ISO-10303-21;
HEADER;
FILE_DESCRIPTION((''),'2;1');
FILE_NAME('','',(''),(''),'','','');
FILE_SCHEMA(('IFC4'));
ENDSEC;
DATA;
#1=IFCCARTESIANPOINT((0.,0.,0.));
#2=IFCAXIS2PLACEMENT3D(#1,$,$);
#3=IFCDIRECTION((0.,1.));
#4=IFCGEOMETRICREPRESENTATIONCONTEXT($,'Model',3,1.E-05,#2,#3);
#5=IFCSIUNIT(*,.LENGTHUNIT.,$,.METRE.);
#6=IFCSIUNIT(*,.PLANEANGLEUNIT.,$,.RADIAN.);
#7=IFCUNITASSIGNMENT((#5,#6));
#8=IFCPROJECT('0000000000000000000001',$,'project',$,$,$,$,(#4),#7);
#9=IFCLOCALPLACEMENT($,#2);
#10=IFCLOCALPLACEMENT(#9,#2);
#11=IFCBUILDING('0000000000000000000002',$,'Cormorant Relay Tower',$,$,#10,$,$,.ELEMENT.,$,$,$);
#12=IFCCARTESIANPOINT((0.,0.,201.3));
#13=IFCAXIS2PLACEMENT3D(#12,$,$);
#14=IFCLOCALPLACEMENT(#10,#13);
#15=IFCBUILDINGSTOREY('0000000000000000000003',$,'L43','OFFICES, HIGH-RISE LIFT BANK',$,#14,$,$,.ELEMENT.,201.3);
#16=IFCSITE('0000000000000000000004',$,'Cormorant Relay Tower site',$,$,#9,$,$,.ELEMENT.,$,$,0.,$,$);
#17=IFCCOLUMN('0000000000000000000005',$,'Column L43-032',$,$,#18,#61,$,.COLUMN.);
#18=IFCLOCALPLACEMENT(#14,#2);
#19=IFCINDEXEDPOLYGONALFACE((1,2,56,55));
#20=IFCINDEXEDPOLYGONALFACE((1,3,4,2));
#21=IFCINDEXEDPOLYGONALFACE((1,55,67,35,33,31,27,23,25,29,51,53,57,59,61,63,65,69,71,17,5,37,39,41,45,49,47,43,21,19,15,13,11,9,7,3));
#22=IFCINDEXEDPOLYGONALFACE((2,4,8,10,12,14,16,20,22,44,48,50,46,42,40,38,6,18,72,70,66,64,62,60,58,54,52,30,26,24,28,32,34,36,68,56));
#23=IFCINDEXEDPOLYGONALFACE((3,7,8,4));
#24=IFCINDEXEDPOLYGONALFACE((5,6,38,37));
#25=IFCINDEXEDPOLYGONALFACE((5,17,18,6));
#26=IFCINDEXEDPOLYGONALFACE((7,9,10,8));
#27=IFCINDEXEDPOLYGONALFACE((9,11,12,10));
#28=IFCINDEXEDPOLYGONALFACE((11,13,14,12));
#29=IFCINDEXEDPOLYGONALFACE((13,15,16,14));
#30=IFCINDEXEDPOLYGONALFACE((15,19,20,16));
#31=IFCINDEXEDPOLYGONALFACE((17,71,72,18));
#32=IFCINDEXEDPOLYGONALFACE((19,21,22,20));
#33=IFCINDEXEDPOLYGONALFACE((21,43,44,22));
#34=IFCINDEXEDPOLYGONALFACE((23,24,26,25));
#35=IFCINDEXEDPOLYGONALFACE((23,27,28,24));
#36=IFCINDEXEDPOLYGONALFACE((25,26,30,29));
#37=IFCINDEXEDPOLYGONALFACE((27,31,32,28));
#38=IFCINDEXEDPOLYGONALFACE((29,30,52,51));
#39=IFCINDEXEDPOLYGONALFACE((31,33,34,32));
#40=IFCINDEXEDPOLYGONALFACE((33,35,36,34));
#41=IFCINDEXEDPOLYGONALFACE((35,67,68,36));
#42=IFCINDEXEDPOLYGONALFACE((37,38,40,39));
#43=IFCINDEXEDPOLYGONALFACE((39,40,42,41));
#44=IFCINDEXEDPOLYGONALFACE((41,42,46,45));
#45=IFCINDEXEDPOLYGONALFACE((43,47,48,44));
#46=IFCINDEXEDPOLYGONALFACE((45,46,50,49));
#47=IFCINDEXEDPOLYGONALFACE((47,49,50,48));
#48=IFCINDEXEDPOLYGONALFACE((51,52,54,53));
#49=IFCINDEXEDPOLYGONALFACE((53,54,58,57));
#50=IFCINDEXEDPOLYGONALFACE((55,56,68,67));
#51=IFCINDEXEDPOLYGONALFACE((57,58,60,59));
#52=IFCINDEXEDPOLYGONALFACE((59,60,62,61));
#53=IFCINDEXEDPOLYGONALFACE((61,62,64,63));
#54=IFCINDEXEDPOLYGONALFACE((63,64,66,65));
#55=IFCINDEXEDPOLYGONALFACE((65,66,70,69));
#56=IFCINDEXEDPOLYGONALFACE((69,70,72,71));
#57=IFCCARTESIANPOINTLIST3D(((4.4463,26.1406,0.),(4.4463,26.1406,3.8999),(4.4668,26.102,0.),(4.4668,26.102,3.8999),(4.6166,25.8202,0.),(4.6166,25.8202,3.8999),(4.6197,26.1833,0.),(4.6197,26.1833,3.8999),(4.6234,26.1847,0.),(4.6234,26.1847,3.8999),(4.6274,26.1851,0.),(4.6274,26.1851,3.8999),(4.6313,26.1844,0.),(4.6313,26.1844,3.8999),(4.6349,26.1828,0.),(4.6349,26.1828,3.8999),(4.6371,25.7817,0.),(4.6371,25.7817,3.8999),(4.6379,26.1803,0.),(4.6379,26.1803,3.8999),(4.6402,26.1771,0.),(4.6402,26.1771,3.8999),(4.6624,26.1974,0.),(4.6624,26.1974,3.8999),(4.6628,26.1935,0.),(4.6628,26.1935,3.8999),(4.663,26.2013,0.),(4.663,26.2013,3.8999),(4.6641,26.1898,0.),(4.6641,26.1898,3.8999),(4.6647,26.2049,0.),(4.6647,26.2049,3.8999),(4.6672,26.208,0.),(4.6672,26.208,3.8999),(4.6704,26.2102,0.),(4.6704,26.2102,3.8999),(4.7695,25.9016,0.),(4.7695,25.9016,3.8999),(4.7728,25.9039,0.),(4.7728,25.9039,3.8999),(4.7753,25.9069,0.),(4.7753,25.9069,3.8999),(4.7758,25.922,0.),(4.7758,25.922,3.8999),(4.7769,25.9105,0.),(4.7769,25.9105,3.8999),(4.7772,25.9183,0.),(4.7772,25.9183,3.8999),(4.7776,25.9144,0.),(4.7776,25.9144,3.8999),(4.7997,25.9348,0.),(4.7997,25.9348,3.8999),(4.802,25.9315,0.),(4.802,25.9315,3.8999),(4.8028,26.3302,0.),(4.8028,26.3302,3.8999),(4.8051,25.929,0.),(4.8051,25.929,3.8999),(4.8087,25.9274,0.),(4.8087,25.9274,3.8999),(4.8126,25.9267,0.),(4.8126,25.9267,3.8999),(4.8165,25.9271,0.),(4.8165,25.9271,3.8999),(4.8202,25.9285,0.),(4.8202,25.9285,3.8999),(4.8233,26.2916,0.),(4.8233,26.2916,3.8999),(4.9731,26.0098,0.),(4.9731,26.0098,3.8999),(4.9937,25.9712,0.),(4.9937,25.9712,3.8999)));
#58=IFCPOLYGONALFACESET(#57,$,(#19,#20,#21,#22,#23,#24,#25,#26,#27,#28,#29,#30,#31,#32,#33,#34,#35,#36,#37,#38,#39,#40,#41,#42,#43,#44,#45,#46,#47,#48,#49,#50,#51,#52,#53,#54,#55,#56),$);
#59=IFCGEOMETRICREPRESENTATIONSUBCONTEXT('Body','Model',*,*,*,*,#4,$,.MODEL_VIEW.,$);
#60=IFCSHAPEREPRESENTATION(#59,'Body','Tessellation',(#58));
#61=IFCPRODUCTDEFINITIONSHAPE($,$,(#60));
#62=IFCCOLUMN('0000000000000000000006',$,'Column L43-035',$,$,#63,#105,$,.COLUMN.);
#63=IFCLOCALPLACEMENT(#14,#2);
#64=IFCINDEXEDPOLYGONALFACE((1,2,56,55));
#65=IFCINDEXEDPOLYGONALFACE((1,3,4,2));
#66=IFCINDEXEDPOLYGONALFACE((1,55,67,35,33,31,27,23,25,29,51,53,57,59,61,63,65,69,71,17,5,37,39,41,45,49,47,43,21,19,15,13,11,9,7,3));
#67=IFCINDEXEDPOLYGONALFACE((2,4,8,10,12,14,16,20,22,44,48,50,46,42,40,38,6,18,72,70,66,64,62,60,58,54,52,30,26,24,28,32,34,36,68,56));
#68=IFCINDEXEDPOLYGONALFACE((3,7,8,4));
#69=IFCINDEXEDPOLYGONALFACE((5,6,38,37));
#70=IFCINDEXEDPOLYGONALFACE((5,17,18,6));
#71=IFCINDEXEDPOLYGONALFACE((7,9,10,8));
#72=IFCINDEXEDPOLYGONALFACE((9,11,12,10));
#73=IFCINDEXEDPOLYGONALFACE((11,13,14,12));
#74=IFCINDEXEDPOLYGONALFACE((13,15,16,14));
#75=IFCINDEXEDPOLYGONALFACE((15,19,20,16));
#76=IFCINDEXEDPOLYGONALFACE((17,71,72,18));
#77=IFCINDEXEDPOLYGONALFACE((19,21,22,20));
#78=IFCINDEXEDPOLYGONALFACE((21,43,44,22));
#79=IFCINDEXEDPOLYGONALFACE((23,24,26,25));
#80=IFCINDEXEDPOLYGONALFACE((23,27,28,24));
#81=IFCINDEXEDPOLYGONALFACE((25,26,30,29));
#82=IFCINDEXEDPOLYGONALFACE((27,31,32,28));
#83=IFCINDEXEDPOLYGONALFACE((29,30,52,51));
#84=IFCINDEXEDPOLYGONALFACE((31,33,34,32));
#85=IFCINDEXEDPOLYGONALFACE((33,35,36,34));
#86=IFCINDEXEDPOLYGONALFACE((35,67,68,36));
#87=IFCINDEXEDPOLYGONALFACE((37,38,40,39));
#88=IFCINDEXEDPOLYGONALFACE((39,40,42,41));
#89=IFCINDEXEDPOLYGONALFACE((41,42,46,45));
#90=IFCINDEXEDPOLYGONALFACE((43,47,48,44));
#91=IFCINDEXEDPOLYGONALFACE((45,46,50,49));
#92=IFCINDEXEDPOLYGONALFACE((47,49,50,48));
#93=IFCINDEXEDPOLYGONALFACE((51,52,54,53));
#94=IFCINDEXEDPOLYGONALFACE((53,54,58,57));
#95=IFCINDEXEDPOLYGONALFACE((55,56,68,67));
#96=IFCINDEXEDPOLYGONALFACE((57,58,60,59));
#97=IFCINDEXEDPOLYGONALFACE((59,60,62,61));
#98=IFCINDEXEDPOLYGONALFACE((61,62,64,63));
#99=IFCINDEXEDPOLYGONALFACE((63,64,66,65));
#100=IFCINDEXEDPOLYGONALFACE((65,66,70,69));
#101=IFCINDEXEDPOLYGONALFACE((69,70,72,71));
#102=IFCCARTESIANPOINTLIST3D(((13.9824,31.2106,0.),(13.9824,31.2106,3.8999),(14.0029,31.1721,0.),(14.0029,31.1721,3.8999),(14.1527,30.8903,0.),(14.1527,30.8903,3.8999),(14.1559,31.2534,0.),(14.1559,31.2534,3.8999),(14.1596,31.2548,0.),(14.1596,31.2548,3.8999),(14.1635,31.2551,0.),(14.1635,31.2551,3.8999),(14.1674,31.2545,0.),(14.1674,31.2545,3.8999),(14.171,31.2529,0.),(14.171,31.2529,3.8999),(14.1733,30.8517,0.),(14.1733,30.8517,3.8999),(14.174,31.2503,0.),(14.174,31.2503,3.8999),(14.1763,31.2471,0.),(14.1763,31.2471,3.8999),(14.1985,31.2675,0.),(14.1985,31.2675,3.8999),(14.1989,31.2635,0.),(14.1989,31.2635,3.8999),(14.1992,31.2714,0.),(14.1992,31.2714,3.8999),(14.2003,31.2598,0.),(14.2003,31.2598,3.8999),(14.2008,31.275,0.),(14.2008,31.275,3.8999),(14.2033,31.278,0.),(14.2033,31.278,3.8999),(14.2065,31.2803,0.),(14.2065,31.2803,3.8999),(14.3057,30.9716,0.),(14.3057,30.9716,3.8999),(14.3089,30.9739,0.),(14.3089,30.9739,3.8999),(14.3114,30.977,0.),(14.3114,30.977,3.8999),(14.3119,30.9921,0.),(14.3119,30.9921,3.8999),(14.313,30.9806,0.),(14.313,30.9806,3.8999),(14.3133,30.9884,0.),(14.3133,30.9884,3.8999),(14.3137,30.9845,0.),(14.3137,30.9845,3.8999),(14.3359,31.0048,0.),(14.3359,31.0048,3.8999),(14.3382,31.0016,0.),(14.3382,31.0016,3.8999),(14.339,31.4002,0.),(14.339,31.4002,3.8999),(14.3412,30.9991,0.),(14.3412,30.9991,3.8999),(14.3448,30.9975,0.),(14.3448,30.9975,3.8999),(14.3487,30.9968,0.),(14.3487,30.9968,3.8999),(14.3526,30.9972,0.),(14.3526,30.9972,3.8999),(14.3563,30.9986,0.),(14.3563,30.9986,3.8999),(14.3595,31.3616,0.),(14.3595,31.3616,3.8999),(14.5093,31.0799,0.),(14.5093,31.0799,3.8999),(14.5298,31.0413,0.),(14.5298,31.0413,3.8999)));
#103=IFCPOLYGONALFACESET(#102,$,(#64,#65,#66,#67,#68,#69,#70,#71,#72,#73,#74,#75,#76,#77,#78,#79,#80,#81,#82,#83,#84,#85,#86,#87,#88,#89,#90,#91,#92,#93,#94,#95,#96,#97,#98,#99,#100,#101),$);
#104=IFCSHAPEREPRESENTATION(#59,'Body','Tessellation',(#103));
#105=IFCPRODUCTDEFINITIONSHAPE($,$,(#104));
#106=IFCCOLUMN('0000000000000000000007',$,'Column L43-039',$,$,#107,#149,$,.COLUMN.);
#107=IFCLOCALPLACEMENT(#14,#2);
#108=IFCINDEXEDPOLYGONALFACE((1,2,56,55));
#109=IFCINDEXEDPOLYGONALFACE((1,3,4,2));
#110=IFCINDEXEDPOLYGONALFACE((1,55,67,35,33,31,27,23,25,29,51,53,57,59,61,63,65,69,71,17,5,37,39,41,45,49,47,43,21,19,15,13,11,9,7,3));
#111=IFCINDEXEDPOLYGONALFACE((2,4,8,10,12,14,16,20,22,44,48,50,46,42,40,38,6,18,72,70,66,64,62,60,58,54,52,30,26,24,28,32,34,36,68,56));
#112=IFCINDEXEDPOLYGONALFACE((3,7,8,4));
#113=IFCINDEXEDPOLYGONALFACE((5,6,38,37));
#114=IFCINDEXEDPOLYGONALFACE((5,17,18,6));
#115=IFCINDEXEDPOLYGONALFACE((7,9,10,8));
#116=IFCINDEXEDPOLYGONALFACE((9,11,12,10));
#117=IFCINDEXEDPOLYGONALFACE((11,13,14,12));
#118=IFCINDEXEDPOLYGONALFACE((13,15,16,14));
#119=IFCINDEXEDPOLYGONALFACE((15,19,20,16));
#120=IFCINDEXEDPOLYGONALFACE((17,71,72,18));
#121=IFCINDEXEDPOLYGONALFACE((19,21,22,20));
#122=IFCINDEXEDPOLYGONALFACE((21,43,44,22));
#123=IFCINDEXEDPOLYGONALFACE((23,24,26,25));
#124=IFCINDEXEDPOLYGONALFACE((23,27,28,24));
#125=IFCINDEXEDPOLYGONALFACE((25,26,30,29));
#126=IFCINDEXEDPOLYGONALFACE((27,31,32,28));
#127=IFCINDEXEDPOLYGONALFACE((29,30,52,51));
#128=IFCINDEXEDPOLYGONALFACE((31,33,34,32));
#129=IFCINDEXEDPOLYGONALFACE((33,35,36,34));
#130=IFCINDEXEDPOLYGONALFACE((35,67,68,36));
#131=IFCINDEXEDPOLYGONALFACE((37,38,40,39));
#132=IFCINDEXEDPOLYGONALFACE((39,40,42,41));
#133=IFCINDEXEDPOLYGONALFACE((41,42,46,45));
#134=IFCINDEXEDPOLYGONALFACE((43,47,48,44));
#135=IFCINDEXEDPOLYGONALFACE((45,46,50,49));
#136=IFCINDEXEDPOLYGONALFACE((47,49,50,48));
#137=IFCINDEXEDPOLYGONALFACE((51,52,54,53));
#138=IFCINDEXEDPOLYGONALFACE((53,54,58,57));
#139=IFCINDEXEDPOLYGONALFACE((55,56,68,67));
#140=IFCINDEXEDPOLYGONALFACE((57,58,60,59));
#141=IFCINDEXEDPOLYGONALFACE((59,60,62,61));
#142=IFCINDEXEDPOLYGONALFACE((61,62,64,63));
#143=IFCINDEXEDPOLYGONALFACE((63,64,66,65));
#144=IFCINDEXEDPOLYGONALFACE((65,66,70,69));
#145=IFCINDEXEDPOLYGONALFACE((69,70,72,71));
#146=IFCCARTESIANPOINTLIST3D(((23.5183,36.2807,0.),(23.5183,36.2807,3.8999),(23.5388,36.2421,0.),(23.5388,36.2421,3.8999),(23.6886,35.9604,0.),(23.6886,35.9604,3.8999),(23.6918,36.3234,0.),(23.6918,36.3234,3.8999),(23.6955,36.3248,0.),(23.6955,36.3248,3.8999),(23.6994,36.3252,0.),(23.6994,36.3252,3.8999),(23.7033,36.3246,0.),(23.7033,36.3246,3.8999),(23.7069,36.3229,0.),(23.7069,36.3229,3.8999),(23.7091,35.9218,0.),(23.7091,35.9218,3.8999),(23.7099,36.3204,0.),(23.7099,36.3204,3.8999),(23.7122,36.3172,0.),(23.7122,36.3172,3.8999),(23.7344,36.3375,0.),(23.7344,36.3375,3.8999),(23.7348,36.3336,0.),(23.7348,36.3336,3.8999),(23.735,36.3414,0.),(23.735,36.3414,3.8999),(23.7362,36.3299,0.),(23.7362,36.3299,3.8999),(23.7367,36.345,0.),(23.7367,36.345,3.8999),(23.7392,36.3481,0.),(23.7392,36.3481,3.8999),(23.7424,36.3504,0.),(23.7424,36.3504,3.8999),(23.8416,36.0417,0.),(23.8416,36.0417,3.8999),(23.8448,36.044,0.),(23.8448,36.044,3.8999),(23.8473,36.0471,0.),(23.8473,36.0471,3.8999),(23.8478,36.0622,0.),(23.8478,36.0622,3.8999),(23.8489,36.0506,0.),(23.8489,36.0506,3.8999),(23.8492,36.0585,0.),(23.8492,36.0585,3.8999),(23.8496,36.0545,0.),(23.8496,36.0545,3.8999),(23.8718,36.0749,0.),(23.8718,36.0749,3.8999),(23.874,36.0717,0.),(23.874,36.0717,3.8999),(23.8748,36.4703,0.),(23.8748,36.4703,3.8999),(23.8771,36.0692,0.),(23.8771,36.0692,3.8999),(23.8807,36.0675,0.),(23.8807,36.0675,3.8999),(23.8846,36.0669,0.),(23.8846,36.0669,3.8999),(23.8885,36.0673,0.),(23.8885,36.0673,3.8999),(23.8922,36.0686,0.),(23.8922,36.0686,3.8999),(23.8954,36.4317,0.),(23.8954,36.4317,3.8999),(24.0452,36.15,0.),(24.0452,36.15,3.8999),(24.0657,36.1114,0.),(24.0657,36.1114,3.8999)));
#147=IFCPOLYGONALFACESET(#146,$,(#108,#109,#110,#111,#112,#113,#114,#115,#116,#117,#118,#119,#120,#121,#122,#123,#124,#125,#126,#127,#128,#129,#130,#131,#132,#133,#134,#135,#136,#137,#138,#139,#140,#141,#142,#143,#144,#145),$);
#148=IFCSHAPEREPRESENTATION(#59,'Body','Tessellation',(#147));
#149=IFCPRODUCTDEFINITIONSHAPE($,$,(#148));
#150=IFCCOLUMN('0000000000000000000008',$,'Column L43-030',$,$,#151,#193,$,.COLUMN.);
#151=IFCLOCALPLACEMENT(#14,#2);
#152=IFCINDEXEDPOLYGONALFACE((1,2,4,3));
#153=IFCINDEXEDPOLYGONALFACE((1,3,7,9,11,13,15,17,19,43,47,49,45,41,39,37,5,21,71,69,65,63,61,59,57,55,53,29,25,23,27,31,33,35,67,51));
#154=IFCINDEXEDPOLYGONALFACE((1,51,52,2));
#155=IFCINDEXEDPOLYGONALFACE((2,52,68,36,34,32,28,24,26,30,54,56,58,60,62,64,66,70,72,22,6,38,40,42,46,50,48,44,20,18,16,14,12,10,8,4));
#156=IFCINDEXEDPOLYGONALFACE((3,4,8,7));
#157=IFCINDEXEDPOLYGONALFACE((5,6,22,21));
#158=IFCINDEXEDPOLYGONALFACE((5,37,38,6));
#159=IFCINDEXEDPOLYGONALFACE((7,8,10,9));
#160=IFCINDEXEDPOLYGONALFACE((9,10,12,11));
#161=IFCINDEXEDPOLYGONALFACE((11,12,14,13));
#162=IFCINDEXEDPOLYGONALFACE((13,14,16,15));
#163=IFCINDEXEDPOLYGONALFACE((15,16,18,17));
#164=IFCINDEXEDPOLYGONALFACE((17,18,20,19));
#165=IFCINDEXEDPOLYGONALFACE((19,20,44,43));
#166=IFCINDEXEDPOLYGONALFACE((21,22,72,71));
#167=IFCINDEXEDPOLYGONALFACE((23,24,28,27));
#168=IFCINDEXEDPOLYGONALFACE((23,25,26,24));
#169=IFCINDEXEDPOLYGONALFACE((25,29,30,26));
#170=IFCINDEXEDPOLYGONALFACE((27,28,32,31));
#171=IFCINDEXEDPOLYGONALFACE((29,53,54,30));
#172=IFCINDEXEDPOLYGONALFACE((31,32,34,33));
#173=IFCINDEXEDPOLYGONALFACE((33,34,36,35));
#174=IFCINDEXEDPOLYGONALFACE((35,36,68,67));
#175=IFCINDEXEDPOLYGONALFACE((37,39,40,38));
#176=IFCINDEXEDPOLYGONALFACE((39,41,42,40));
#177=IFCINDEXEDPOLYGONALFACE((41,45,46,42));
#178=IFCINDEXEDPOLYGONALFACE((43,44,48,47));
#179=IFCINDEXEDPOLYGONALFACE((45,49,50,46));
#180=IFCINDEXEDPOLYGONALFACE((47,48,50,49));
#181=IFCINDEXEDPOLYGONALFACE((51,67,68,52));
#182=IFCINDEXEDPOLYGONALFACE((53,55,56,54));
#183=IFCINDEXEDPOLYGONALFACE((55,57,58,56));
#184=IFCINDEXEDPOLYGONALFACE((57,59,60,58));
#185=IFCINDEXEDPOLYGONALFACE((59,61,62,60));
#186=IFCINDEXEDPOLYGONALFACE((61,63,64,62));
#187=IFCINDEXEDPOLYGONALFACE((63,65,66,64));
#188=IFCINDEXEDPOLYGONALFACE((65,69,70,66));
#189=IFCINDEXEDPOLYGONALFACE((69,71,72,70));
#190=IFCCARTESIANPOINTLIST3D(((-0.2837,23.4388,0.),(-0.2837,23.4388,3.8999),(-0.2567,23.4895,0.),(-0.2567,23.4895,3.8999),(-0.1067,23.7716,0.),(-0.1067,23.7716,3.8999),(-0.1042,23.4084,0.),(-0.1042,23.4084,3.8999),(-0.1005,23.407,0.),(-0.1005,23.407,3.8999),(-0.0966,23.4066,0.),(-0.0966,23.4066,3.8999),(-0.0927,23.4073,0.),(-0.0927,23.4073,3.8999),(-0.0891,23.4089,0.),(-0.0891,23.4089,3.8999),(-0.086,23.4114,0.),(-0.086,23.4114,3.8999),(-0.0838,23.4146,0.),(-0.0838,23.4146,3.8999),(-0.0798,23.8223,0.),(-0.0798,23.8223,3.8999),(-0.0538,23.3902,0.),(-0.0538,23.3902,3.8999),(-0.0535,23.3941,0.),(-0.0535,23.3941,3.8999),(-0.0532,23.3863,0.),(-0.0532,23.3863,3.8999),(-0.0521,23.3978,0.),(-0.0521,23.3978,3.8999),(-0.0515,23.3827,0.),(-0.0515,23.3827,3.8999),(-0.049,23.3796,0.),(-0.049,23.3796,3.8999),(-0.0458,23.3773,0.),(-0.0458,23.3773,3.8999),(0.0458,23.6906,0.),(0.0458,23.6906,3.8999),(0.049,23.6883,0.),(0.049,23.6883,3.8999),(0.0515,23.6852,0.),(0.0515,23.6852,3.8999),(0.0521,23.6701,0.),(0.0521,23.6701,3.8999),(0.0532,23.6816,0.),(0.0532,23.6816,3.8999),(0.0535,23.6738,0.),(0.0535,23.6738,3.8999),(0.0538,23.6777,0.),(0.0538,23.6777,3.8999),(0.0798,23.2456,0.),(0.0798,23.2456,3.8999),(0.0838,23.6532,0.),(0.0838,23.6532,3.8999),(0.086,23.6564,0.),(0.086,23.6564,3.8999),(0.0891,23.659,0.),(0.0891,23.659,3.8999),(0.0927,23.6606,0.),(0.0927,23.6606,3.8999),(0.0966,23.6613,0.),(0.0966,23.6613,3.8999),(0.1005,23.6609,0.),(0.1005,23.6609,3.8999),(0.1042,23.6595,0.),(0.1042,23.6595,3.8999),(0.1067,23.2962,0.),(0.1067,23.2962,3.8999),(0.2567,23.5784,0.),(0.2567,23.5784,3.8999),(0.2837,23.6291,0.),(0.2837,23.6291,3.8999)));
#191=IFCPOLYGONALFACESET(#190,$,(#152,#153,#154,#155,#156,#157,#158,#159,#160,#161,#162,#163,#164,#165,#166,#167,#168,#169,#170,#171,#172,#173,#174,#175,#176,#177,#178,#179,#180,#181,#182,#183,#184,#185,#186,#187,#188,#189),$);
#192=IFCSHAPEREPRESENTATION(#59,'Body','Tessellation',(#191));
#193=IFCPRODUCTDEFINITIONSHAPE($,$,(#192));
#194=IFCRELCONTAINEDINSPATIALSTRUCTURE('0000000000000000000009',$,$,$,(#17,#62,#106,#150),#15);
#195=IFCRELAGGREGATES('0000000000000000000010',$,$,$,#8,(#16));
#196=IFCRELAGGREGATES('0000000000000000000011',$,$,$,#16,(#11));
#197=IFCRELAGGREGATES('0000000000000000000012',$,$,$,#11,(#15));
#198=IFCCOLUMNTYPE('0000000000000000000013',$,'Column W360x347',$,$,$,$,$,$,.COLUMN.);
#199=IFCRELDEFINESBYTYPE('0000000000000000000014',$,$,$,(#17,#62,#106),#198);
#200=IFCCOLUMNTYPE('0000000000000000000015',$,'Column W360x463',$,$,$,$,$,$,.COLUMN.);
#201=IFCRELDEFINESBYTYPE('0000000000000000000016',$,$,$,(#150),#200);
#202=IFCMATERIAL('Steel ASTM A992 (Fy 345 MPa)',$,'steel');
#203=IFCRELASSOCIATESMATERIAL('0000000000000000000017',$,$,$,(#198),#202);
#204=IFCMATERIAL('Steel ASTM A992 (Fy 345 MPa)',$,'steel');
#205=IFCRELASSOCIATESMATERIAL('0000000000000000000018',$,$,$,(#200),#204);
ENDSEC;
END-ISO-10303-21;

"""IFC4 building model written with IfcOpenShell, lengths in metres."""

from ifc_helpers import new_model, si_unit, direction, frame, origin, origin_2d, place, context, subcontext, project, spatial, i_section, extrude, material, material_profile, profile_set, type_object, element, save


model = new_model("IFC4")

# Units and contexts
model_context = context("Model", 3, precision=1e-05, world=origin(), true_north=direction((0.0, 1.0)))
body_context = subcontext(model_context, "Body", "Model", "MODEL_VIEW")
ifc_project = project(units=[si_unit("LENGTHUNIT", "METRE"), si_unit("PLANEANGLEUNIT", "RADIAN")], contexts=[model_context])

# Site, building, storey
site_placement = place(None, origin())
site = spatial("IfcSite", under=ifc_project, at=site_placement, Name="Cormorant Relay Tower site", CompositionType="ELEMENT", RefElevation=0.0)
building_placement = place(site_placement, origin())
building = spatial("IfcBuilding", under=site, at=building_placement, Name="Cormorant Relay Tower", CompositionType="ELEMENT")
storey_placement = place(building_placement, frame((0.0, 0.0, 201.3)))
storey = spatial("IfcBuildingStorey", under=building, at=storey_placement, Name="L43", Description="OFFICES, HIGH-RISE LIFT BANK", CompositionType="ELEMENT", Elevation=201.3)

# Columns
ifc_material_1 = material(Name="Steel ASTM A992 (Fy 345 MPa)", Category="steel")
ifc_material_profile_1 = material_profile(ifc_material_1, i_section(OverallWidth=0.4038, OverallDepth=0.4065, WebThickness=0.0271, FlangeThickness=0.0437, FilletRadius=0.0151, at=origin_2d()), Name="W360x347")
ifc_profile_set_1 = profile_set([ifc_material_profile_1], Name="Steel ASTM A992 (Fy 345 MPa)")
column_type_1 = type_object("IfcColumnType", Name="Column W360x347", PredefinedType="COLUMN", material=ifc_profile_set_1)
for number, where, z_axis, x_axis, name in (
    (1, (4.72, 26.0559, 0.0), (0.0, 0.0, 1.0), (-0.882948, -0.469472, 0.0), "Column L43-032"),
    (2, (14.2561, 31.126, 0.0), (0.0, 0.0, 1.0), (-0.882948, -0.469472, 0.0), "Column L43-035"),
    (3, (23.792, 36.196, 0.0), (0.0, 0.0, 1.0), (-0.882948, -0.469472, 0.0), "Column L43-039"),
):
    element("IfcColumn", number, at=place(storey_placement, frame(where, z_axis=z_axis, x_axis=x_axis)), inside=storey, type_object=column_type_1, Name=name, PredefinedType="COLUMN", context=body_context, shape_type="SweptSolid", body=[
        extrude(i_section(OverallWidth=0.4038, OverallDepth=0.4065, WebThickness=0.0271, FlangeThickness=0.0437, FilletRadius=0.0151, at=origin_2d()), origin(), (0.0, 0.0, 1.0), 3.8999),
    ])
ifc_material_2 = material(Name="Steel ASTM A992 (Fy 345 MPa)", Category="steel")
ifc_material_profile_2 = material_profile(ifc_material_2, i_section(OverallWidth=0.4116, OverallDepth=0.4343, WebThickness=0.0359, FlangeThickness=0.0574, FilletRadius=0.0151, at=origin_2d()), Name="W360x463")
ifc_profile_set_2 = profile_set([ifc_material_profile_2], Name="Steel ASTM A992 (Fy 345 MPa)")
column_type_2 = type_object("IfcColumnType", Name="Column W360x463", PredefinedType="COLUMN", material=ifc_profile_set_2)
column_placement = place(storey_placement, frame((0.0, 23.5339, 0.0), z_axis=(0.0, 0.0, 1.0), x_axis=(-0.882948, 0.469472, 0.0)))
element("IfcColumn", 4, at=column_placement, inside=storey, type_object=column_type_2, Name="Column L43-030", PredefinedType="COLUMN", context=body_context, shape_type="SweptSolid", body=[
    extrude(i_section(OverallWidth=0.4116, OverallDepth=0.4343, WebThickness=0.0359, FlangeThickness=0.0574, FilletRadius=0.0151, at=origin_2d()), origin(), (0.0, 0.0, 1.0), 3.8999),
])

save(model, "model.ifc")
